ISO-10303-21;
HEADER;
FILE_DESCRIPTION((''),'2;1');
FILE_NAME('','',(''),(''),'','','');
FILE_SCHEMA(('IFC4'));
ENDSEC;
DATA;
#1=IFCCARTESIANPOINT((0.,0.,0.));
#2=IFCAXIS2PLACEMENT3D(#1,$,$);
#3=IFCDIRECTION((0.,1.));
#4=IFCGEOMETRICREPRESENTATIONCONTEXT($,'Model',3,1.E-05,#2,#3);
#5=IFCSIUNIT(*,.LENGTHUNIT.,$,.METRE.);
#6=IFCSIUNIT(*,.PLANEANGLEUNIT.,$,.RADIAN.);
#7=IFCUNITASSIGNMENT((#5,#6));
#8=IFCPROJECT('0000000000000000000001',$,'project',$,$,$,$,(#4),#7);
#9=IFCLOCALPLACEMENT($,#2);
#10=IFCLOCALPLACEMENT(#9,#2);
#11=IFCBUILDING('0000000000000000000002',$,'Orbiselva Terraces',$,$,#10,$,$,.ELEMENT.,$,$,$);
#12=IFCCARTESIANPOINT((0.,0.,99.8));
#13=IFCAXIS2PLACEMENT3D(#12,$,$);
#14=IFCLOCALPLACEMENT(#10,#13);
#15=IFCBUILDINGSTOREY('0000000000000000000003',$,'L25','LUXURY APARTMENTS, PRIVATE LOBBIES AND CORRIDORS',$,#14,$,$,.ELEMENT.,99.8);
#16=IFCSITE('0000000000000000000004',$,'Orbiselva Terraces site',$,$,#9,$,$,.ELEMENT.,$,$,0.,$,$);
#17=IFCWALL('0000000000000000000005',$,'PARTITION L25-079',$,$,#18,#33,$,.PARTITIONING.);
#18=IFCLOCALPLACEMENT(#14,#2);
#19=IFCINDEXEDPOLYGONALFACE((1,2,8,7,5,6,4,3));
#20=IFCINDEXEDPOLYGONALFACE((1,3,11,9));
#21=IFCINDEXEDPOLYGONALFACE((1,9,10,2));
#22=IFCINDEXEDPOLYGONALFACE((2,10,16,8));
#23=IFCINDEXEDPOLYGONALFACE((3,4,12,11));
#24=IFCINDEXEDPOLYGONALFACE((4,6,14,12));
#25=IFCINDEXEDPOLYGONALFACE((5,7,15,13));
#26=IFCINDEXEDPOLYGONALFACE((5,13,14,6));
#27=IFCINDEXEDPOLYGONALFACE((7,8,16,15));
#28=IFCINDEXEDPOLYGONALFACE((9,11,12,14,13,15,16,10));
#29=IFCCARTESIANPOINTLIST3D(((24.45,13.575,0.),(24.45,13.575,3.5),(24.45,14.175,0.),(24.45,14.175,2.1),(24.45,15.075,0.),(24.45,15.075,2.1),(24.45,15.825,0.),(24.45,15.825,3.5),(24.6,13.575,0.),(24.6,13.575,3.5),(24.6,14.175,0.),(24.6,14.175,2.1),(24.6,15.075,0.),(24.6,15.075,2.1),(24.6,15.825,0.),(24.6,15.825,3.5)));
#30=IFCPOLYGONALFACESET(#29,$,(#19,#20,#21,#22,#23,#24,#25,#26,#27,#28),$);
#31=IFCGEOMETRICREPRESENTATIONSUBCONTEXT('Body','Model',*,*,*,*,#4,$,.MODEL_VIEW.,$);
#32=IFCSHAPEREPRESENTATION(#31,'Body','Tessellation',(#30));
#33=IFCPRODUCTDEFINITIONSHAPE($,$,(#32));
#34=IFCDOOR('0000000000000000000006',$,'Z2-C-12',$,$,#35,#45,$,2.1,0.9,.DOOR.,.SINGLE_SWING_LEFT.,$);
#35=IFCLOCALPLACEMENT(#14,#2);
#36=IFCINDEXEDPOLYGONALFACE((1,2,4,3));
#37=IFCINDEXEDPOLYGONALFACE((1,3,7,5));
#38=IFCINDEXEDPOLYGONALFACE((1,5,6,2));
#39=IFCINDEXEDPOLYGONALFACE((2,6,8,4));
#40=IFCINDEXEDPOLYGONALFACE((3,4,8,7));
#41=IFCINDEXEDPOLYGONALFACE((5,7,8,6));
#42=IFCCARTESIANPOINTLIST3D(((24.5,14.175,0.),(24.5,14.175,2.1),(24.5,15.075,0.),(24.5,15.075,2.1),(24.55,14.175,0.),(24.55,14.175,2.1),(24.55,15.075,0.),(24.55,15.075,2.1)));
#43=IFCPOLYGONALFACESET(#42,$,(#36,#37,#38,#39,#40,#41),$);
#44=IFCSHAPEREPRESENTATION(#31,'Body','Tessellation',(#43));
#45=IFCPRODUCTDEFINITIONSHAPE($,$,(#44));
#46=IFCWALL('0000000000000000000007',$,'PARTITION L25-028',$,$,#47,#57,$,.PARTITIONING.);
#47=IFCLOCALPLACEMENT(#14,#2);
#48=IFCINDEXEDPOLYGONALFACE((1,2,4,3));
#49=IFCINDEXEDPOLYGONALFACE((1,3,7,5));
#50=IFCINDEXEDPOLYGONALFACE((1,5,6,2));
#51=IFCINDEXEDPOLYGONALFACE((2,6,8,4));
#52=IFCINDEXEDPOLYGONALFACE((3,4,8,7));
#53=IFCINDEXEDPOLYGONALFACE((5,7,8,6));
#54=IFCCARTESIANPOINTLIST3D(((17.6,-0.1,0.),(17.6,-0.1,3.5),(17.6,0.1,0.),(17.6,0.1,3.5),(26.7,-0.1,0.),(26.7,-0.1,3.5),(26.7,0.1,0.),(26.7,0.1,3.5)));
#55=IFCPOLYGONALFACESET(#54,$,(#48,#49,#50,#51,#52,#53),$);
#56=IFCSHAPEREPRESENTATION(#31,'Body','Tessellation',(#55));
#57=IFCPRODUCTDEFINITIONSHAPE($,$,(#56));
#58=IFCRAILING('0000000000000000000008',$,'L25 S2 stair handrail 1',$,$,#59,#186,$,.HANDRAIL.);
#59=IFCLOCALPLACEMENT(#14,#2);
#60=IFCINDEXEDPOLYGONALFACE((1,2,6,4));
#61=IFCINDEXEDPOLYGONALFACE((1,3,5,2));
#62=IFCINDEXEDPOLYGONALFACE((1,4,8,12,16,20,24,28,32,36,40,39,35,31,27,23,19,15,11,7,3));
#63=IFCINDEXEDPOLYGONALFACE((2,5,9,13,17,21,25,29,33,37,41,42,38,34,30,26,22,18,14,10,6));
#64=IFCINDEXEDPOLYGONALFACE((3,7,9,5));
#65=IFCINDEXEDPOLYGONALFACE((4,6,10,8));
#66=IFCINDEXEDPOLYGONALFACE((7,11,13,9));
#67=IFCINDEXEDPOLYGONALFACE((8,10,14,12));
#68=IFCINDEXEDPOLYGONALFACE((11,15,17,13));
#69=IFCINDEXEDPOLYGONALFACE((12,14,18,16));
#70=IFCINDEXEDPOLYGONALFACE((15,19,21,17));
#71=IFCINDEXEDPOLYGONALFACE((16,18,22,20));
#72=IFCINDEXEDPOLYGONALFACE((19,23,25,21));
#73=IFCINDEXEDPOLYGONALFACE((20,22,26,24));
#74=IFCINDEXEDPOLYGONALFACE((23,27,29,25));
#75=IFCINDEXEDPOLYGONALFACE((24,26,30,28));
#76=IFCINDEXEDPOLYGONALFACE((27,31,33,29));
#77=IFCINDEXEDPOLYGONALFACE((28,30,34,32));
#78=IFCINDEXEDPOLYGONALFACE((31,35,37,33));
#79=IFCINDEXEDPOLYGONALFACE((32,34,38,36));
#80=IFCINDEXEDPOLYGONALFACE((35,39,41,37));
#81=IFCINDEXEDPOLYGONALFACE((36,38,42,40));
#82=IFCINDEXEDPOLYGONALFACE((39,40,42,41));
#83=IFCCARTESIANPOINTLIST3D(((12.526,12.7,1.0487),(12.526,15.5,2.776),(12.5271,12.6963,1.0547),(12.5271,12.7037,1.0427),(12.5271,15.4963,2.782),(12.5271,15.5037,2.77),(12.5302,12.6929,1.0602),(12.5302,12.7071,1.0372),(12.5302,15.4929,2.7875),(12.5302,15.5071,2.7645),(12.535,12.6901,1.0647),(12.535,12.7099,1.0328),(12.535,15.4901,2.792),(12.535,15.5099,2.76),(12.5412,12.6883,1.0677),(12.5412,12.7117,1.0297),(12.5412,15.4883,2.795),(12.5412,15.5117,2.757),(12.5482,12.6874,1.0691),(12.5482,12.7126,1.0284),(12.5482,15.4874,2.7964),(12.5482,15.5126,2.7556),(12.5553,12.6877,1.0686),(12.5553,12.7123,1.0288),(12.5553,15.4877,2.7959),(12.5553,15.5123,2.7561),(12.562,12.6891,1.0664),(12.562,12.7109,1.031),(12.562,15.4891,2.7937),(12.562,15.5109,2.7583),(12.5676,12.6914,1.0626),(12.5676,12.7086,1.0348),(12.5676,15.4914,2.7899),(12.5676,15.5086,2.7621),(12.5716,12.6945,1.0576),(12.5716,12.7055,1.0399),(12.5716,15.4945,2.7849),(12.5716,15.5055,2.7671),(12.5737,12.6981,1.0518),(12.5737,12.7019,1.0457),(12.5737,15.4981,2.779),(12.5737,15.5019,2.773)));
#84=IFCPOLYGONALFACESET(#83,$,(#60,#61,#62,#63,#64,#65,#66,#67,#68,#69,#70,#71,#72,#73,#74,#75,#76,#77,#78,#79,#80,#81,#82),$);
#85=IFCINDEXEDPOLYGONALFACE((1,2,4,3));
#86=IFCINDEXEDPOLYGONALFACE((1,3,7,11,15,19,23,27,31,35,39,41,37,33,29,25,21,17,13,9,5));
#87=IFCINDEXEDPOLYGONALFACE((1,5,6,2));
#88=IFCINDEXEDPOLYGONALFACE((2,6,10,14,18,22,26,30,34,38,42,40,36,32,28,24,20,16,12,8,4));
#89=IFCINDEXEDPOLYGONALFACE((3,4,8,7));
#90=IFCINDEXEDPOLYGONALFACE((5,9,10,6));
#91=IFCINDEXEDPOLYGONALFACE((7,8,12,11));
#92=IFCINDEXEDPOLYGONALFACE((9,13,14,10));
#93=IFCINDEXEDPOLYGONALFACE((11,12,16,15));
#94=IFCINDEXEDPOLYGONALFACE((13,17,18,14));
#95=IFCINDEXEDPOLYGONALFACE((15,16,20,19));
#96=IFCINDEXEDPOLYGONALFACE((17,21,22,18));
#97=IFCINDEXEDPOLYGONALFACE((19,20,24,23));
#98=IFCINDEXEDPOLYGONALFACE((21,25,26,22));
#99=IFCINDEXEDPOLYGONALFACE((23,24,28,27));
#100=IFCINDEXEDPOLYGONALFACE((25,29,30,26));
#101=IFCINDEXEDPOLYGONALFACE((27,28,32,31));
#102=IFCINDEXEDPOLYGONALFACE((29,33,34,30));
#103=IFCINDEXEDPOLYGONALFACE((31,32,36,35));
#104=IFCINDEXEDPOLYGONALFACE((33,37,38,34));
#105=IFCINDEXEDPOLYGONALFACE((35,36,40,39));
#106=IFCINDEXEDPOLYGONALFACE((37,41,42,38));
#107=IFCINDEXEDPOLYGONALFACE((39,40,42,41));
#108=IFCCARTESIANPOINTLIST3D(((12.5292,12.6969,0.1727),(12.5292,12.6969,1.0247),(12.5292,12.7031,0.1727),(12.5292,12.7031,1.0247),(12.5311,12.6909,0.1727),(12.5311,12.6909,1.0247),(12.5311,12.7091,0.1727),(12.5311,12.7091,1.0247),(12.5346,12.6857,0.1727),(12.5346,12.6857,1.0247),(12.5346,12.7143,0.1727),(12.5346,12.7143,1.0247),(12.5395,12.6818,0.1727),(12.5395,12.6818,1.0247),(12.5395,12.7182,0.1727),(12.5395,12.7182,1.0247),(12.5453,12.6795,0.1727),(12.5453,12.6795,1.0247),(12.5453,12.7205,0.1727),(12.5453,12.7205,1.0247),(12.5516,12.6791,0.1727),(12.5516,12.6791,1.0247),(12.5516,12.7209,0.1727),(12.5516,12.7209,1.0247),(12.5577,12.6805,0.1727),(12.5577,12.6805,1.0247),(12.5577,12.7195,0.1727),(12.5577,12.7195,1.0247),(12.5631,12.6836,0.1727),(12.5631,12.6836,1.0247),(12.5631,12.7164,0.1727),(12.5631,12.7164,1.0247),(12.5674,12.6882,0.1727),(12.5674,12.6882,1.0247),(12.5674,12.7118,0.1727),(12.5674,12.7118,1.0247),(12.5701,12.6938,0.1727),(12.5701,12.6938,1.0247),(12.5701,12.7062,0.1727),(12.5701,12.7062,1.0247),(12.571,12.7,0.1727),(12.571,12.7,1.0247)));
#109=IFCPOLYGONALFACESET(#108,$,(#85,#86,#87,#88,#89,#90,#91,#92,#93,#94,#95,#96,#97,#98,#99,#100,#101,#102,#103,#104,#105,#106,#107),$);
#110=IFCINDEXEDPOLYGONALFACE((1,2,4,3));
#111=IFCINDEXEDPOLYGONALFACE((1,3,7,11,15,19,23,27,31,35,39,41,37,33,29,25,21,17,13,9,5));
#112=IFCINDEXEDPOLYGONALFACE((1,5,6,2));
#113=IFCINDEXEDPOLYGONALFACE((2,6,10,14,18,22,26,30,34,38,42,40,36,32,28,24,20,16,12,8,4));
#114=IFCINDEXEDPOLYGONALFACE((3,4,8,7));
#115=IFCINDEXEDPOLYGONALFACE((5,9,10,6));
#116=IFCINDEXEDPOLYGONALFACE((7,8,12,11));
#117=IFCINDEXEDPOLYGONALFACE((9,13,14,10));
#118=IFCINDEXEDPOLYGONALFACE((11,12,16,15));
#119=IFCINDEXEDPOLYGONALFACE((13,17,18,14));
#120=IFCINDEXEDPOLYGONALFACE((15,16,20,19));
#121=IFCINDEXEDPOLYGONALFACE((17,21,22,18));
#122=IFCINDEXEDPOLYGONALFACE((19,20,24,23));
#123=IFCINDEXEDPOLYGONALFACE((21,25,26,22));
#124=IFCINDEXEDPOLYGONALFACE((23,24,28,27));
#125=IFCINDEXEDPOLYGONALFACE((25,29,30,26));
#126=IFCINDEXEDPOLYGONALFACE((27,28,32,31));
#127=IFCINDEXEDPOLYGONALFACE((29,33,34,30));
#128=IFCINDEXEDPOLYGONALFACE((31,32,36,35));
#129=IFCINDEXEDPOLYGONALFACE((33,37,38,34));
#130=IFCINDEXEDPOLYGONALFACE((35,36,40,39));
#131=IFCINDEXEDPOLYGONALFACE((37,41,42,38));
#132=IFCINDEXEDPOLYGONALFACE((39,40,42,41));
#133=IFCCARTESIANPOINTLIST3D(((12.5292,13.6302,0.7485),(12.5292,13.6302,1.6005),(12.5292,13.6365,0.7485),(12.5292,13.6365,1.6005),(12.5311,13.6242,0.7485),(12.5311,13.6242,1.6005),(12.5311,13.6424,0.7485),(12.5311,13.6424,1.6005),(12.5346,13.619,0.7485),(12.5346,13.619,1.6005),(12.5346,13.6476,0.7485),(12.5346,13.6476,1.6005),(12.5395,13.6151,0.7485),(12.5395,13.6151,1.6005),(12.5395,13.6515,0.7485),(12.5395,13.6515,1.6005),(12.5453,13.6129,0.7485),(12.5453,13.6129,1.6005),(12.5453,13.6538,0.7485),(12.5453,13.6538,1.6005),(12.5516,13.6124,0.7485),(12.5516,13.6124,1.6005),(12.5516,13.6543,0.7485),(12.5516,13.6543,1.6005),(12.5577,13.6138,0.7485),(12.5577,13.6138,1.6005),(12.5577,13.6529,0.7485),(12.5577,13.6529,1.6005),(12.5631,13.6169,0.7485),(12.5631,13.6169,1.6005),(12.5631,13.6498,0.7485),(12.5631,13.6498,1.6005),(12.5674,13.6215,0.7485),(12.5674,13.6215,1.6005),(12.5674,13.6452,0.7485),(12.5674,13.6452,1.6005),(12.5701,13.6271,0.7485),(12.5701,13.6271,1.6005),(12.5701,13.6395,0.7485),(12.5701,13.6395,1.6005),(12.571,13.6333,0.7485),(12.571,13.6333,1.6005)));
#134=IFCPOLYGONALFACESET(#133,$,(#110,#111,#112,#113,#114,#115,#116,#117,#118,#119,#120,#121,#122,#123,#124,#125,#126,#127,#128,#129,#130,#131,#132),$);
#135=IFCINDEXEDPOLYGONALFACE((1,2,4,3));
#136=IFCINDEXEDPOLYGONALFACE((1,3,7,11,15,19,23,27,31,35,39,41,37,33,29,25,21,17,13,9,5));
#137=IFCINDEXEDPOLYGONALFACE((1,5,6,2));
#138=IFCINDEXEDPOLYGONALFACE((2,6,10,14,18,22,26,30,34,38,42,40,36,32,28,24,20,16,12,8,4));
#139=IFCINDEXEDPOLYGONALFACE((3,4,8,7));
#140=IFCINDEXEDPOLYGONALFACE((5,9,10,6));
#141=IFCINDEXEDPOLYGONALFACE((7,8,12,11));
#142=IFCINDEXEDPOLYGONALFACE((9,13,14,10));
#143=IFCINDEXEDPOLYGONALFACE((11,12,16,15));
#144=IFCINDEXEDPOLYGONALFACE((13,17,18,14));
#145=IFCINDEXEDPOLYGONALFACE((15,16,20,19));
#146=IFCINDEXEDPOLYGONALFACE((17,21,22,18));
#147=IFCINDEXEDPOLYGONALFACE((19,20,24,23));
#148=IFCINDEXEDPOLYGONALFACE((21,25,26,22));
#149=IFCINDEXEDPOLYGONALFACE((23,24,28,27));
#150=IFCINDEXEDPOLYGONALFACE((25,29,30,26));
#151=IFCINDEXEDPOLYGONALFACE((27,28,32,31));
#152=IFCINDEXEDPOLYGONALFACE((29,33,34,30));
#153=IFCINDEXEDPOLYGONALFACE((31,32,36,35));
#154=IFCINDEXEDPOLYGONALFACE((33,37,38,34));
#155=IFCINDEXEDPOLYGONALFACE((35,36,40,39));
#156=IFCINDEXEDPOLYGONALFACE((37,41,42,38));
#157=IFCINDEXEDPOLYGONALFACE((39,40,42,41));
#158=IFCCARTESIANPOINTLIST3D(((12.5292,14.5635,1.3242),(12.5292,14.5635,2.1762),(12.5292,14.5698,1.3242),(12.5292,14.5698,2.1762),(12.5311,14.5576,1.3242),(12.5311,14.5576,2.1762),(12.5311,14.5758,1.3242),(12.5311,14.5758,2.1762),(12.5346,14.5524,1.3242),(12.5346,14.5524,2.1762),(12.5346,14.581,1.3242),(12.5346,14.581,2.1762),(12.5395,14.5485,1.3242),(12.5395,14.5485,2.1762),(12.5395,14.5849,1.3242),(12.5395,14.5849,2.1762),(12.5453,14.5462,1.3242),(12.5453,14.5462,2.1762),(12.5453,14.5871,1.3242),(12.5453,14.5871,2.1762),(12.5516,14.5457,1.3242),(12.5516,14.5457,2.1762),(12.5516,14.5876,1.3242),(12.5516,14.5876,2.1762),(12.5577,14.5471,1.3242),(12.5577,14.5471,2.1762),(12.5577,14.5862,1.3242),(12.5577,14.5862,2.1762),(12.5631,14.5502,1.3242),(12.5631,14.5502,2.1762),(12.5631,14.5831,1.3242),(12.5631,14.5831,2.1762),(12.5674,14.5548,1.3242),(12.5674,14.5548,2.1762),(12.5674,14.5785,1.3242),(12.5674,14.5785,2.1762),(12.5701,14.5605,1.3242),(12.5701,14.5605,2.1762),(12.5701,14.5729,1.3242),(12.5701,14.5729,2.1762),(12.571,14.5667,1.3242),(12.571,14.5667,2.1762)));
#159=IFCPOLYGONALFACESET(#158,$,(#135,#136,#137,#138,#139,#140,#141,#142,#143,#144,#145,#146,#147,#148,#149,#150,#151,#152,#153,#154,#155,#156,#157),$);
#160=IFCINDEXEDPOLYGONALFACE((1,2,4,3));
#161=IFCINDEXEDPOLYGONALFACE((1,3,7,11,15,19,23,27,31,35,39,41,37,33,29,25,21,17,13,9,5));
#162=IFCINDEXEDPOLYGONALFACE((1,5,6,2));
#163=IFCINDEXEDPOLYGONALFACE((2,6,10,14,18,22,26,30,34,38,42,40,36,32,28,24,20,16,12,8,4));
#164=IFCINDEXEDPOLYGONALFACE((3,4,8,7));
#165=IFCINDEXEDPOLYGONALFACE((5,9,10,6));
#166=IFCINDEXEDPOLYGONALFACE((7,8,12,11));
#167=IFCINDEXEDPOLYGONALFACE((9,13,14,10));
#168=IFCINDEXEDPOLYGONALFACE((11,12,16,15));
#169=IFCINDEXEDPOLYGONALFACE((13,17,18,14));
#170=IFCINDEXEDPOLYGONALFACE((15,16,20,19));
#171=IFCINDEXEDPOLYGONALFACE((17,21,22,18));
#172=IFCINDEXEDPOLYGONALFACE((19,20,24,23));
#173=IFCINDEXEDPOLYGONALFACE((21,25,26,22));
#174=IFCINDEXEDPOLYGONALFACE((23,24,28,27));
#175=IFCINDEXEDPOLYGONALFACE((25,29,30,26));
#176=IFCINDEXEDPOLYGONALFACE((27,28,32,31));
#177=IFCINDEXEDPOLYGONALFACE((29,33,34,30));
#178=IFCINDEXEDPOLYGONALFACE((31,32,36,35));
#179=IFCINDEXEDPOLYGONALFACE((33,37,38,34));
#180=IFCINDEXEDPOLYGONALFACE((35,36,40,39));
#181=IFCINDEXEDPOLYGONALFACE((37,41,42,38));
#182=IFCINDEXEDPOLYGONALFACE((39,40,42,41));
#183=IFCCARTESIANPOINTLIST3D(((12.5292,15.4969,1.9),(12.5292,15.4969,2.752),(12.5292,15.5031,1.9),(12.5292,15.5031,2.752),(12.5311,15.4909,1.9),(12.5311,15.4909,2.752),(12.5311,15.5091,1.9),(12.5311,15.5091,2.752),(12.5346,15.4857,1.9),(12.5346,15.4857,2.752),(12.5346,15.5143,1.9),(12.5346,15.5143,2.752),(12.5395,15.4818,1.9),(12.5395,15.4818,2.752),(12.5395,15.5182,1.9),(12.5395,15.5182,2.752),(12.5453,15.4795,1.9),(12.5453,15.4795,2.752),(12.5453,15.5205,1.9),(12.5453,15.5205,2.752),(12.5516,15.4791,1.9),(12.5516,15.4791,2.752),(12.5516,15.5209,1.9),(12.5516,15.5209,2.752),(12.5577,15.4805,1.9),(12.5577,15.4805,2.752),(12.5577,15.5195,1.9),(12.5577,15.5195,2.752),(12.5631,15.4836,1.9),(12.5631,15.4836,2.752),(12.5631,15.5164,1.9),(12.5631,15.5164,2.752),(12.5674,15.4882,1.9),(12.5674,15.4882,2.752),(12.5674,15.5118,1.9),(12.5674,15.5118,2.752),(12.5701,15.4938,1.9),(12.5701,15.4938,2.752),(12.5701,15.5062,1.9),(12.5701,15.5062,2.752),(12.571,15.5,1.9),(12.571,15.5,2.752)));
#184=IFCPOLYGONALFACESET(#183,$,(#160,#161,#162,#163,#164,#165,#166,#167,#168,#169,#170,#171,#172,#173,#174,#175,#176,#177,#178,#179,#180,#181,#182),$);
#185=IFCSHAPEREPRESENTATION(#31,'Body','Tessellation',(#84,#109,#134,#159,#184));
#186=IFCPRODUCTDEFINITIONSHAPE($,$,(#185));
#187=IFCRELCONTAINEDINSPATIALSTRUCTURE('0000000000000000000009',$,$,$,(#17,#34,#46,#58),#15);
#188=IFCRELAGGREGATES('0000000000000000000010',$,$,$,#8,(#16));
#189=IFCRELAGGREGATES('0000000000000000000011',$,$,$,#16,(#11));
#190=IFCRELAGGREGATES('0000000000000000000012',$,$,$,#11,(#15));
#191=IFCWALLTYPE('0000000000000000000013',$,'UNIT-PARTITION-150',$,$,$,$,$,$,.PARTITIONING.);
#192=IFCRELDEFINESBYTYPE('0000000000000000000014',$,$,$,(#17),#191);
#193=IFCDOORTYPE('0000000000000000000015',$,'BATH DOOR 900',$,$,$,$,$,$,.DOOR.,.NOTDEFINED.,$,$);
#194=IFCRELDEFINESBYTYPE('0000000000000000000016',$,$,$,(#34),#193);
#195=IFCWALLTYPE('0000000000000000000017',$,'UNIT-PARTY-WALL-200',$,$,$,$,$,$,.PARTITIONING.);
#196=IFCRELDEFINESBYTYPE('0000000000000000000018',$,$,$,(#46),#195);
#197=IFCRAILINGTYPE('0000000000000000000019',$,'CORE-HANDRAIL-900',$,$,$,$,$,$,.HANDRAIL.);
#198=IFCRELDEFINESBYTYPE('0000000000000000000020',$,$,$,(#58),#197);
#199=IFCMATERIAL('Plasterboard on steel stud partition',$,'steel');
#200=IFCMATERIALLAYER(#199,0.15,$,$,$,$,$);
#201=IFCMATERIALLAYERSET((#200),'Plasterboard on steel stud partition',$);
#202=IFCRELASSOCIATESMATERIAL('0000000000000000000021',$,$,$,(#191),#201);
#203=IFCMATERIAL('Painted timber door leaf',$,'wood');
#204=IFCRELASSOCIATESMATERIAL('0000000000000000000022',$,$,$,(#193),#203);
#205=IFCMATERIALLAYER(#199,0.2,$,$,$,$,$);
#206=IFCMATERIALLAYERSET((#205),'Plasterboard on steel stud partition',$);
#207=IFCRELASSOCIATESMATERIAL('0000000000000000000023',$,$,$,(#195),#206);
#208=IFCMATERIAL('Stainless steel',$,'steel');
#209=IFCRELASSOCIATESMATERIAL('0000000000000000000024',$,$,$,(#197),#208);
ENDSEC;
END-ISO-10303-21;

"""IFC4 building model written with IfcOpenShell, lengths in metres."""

from ifc_helpers import new_model, si_unit, direction, frame, frame_2d, origin, origin_2d, place, context, subcontext, project, spatial, rectangle, circle, extrude, material, layer, layer_set, type_object, element, fill, save


model = new_model("IFC4")

# Units and contexts
model_context = context("Model", 3, precision=1e-05, world=origin(), true_north=direction((0.0, 1.0)))
body_context = subcontext(model_context, "Body", "Model", "MODEL_VIEW")
ifc_project = project(units=[si_unit("LENGTHUNIT", "METRE"), si_unit("PLANEANGLEUNIT", "RADIAN")], contexts=[model_context])

# Site, building, storey
site_placement = place(None, origin())
site = spatial("IfcSite", under=ifc_project, at=site_placement, Name="Orbiselva Terraces site", CompositionType="ELEMENT", RefElevation=0.0)
building_placement = place(site_placement, origin())
building = spatial("IfcBuilding", under=site, at=building_placement, Name="Orbiselva Terraces", CompositionType="ELEMENT")
storey_placement = place(building_placement, frame((0.0, 0.0, 99.8)))
storey = spatial("IfcBuildingStorey", under=building, at=storey_placement, Name="L25", Description="LUXURY APARTMENTS, PRIVATE LOBBIES AND CORRIDORS", CompositionType="ELEMENT", Elevation=99.8)

# Shared definitions
ifc_material_1 = material(Name="Plasterboard on steel stud partition", Category="steel")
ifc_material_2 = material(Name="Painted timber door leaf", Category="wood")

# Shared definitions
ifc_layer_1 = layer(ifc_material_1, 0.15)
ifc_layer_set_1 = layer_set([ifc_layer_1], Name="Plasterboard on steel stud partition")
wall_type_1 = type_object("IfcWallType", Name="UNIT-PARTITION-150", PredefinedType="PARTITIONING", material=ifc_layer_set_1)
door_type_1 = type_object("IfcDoorType", Name="BATH DOOR 900", OperationType="NOTDEFINED", PredefinedType="DOOR", material=ifc_material_2)

# Wall, opening, door
wall_1_placement = place(storey_placement, frame((24.525, 13.575, 0.0), z_axis=(0.0, 0.0, 1.0), x_axis=(0.0, 1.0, 0.0)))
wall_1 = element("IfcWall", 1, at=wall_1_placement, inside=storey, type_object=wall_type_1, Name="PARTITION L25-079", PredefinedType="PARTITIONING", context=body_context, shape_type="SweptSolid", body=[
    extrude(rectangle(XDim=2.25, YDim=0.15, at=frame_2d((1.125, 0.0))), origin(), (0.0, 0.0, 1.0), 3.5),
])
opening_1_placement = place(wall_1_placement, frame((0.6, 0.0, 0.0)))
opening_1 = element("IfcOpeningElement", 2, at=opening_1_placement, cuts=wall_1, PredefinedType="OPENING", context=body_context, shape_type="SweptSolid", body=[
    extrude(rectangle(XDim=0.9, YDim=2.1, at=frame_2d((0.45, 1.05))), frame((0.0, 0.085, 0.0), z_axis=(0.0, -1.0, 0.0), x_axis=(1.0, 0.0, 0.0)), (0.0, 0.0, 1.0), 0.17),
])
door_1_placement = place(opening_1_placement, origin())
door_1 = element("IfcDoor", 3, at=door_1_placement, inside=storey, type_object=door_type_1, Name="Z2-C-12", OperationType="SINGLE_SWING_LEFT", OverallHeight=2.1, OverallWidth=0.9, PredefinedType="DOOR", context=body_context, shape_type="SweptSolid", body=[
    extrude(rectangle(XDim=0.9, YDim=2.1, at=frame_2d((0.45, 1.05))), frame((0.0, 0.025, 0.0), z_axis=(0.0, -1.0, 0.0), x_axis=(1.0, 0.0, 0.0)), (0.0, 0.0, 1.0), 0.05),
])
fill(opening_1, door_1)

# Wall
ifc_layer_2 = layer(ifc_material_1, 0.2)
ifc_layer_set_2 = layer_set([ifc_layer_2], Name="Plasterboard on steel stud partition")
wall_type_2 = type_object("IfcWallType", Name="UNIT-PARTY-WALL-200", PredefinedType="PARTITIONING", material=ifc_layer_set_2)
wall_2_placement = place(storey_placement, frame((17.6, 0.0, 0.0), z_axis=(0.0, 0.0, 1.0), x_axis=(1.0, 0.0, 0.0)))
element("IfcWall", 4, at=wall_2_placement, inside=storey, type_object=wall_type_2, Name="PARTITION L25-028", PredefinedType="PARTITIONING", context=body_context, shape_type="SweptSolid", body=[
    extrude(rectangle(XDim=9.1, YDim=0.2, at=frame_2d((4.55, 0.0))), origin(), (0.0, 0.0, 1.0), 3.5),
])

# Railing
ifc_material_3 = material(Name="Stainless steel", Category="steel")
railing_type = type_object("IfcRailingType", Name="CORE-HANDRAIL-900", PredefinedType="HANDRAIL", material=ifc_material_3)
railing_placement = place(storey_placement, frame((12.55, 12.7, 0.1727)))
element("IfcRailing", 5, at=railing_placement, inside=storey, type_object=railing_type, Name="L25 S2 stair handrail 1", PredefinedType="HANDRAIL", context=body_context, shape_type="SweptSolid", body=[
    extrude(circle(Radius=0.024, at=origin_2d()), frame((0.0, 0.0, 0.876), z_axis=(0.0, 0.851089, 0.525022), x_axis=(-1.0, 0.0, 0.0)), (0.0, 0.0, 1.0), 3.2899),
    extrude(circle(Radius=0.021, at=origin_2d()), origin(), (0.0, 0.0, 1.0), 0.852),
    extrude(circle(Radius=0.021, at=origin_2d()), frame((0.0, 0.9333, 0.5758)), (0.0, 0.0, 1.0), 0.852),
    extrude(circle(Radius=0.021, at=origin_2d()), frame((0.0, 1.8667, 1.1515)), (0.0, 0.0, 1.0), 0.852),
    extrude(circle(Radius=0.021, at=origin_2d()), frame((0.0, 2.8, 1.7273)), (0.0, 0.0, 1.0), 0.852),
])

save(model, "model.ifc")
